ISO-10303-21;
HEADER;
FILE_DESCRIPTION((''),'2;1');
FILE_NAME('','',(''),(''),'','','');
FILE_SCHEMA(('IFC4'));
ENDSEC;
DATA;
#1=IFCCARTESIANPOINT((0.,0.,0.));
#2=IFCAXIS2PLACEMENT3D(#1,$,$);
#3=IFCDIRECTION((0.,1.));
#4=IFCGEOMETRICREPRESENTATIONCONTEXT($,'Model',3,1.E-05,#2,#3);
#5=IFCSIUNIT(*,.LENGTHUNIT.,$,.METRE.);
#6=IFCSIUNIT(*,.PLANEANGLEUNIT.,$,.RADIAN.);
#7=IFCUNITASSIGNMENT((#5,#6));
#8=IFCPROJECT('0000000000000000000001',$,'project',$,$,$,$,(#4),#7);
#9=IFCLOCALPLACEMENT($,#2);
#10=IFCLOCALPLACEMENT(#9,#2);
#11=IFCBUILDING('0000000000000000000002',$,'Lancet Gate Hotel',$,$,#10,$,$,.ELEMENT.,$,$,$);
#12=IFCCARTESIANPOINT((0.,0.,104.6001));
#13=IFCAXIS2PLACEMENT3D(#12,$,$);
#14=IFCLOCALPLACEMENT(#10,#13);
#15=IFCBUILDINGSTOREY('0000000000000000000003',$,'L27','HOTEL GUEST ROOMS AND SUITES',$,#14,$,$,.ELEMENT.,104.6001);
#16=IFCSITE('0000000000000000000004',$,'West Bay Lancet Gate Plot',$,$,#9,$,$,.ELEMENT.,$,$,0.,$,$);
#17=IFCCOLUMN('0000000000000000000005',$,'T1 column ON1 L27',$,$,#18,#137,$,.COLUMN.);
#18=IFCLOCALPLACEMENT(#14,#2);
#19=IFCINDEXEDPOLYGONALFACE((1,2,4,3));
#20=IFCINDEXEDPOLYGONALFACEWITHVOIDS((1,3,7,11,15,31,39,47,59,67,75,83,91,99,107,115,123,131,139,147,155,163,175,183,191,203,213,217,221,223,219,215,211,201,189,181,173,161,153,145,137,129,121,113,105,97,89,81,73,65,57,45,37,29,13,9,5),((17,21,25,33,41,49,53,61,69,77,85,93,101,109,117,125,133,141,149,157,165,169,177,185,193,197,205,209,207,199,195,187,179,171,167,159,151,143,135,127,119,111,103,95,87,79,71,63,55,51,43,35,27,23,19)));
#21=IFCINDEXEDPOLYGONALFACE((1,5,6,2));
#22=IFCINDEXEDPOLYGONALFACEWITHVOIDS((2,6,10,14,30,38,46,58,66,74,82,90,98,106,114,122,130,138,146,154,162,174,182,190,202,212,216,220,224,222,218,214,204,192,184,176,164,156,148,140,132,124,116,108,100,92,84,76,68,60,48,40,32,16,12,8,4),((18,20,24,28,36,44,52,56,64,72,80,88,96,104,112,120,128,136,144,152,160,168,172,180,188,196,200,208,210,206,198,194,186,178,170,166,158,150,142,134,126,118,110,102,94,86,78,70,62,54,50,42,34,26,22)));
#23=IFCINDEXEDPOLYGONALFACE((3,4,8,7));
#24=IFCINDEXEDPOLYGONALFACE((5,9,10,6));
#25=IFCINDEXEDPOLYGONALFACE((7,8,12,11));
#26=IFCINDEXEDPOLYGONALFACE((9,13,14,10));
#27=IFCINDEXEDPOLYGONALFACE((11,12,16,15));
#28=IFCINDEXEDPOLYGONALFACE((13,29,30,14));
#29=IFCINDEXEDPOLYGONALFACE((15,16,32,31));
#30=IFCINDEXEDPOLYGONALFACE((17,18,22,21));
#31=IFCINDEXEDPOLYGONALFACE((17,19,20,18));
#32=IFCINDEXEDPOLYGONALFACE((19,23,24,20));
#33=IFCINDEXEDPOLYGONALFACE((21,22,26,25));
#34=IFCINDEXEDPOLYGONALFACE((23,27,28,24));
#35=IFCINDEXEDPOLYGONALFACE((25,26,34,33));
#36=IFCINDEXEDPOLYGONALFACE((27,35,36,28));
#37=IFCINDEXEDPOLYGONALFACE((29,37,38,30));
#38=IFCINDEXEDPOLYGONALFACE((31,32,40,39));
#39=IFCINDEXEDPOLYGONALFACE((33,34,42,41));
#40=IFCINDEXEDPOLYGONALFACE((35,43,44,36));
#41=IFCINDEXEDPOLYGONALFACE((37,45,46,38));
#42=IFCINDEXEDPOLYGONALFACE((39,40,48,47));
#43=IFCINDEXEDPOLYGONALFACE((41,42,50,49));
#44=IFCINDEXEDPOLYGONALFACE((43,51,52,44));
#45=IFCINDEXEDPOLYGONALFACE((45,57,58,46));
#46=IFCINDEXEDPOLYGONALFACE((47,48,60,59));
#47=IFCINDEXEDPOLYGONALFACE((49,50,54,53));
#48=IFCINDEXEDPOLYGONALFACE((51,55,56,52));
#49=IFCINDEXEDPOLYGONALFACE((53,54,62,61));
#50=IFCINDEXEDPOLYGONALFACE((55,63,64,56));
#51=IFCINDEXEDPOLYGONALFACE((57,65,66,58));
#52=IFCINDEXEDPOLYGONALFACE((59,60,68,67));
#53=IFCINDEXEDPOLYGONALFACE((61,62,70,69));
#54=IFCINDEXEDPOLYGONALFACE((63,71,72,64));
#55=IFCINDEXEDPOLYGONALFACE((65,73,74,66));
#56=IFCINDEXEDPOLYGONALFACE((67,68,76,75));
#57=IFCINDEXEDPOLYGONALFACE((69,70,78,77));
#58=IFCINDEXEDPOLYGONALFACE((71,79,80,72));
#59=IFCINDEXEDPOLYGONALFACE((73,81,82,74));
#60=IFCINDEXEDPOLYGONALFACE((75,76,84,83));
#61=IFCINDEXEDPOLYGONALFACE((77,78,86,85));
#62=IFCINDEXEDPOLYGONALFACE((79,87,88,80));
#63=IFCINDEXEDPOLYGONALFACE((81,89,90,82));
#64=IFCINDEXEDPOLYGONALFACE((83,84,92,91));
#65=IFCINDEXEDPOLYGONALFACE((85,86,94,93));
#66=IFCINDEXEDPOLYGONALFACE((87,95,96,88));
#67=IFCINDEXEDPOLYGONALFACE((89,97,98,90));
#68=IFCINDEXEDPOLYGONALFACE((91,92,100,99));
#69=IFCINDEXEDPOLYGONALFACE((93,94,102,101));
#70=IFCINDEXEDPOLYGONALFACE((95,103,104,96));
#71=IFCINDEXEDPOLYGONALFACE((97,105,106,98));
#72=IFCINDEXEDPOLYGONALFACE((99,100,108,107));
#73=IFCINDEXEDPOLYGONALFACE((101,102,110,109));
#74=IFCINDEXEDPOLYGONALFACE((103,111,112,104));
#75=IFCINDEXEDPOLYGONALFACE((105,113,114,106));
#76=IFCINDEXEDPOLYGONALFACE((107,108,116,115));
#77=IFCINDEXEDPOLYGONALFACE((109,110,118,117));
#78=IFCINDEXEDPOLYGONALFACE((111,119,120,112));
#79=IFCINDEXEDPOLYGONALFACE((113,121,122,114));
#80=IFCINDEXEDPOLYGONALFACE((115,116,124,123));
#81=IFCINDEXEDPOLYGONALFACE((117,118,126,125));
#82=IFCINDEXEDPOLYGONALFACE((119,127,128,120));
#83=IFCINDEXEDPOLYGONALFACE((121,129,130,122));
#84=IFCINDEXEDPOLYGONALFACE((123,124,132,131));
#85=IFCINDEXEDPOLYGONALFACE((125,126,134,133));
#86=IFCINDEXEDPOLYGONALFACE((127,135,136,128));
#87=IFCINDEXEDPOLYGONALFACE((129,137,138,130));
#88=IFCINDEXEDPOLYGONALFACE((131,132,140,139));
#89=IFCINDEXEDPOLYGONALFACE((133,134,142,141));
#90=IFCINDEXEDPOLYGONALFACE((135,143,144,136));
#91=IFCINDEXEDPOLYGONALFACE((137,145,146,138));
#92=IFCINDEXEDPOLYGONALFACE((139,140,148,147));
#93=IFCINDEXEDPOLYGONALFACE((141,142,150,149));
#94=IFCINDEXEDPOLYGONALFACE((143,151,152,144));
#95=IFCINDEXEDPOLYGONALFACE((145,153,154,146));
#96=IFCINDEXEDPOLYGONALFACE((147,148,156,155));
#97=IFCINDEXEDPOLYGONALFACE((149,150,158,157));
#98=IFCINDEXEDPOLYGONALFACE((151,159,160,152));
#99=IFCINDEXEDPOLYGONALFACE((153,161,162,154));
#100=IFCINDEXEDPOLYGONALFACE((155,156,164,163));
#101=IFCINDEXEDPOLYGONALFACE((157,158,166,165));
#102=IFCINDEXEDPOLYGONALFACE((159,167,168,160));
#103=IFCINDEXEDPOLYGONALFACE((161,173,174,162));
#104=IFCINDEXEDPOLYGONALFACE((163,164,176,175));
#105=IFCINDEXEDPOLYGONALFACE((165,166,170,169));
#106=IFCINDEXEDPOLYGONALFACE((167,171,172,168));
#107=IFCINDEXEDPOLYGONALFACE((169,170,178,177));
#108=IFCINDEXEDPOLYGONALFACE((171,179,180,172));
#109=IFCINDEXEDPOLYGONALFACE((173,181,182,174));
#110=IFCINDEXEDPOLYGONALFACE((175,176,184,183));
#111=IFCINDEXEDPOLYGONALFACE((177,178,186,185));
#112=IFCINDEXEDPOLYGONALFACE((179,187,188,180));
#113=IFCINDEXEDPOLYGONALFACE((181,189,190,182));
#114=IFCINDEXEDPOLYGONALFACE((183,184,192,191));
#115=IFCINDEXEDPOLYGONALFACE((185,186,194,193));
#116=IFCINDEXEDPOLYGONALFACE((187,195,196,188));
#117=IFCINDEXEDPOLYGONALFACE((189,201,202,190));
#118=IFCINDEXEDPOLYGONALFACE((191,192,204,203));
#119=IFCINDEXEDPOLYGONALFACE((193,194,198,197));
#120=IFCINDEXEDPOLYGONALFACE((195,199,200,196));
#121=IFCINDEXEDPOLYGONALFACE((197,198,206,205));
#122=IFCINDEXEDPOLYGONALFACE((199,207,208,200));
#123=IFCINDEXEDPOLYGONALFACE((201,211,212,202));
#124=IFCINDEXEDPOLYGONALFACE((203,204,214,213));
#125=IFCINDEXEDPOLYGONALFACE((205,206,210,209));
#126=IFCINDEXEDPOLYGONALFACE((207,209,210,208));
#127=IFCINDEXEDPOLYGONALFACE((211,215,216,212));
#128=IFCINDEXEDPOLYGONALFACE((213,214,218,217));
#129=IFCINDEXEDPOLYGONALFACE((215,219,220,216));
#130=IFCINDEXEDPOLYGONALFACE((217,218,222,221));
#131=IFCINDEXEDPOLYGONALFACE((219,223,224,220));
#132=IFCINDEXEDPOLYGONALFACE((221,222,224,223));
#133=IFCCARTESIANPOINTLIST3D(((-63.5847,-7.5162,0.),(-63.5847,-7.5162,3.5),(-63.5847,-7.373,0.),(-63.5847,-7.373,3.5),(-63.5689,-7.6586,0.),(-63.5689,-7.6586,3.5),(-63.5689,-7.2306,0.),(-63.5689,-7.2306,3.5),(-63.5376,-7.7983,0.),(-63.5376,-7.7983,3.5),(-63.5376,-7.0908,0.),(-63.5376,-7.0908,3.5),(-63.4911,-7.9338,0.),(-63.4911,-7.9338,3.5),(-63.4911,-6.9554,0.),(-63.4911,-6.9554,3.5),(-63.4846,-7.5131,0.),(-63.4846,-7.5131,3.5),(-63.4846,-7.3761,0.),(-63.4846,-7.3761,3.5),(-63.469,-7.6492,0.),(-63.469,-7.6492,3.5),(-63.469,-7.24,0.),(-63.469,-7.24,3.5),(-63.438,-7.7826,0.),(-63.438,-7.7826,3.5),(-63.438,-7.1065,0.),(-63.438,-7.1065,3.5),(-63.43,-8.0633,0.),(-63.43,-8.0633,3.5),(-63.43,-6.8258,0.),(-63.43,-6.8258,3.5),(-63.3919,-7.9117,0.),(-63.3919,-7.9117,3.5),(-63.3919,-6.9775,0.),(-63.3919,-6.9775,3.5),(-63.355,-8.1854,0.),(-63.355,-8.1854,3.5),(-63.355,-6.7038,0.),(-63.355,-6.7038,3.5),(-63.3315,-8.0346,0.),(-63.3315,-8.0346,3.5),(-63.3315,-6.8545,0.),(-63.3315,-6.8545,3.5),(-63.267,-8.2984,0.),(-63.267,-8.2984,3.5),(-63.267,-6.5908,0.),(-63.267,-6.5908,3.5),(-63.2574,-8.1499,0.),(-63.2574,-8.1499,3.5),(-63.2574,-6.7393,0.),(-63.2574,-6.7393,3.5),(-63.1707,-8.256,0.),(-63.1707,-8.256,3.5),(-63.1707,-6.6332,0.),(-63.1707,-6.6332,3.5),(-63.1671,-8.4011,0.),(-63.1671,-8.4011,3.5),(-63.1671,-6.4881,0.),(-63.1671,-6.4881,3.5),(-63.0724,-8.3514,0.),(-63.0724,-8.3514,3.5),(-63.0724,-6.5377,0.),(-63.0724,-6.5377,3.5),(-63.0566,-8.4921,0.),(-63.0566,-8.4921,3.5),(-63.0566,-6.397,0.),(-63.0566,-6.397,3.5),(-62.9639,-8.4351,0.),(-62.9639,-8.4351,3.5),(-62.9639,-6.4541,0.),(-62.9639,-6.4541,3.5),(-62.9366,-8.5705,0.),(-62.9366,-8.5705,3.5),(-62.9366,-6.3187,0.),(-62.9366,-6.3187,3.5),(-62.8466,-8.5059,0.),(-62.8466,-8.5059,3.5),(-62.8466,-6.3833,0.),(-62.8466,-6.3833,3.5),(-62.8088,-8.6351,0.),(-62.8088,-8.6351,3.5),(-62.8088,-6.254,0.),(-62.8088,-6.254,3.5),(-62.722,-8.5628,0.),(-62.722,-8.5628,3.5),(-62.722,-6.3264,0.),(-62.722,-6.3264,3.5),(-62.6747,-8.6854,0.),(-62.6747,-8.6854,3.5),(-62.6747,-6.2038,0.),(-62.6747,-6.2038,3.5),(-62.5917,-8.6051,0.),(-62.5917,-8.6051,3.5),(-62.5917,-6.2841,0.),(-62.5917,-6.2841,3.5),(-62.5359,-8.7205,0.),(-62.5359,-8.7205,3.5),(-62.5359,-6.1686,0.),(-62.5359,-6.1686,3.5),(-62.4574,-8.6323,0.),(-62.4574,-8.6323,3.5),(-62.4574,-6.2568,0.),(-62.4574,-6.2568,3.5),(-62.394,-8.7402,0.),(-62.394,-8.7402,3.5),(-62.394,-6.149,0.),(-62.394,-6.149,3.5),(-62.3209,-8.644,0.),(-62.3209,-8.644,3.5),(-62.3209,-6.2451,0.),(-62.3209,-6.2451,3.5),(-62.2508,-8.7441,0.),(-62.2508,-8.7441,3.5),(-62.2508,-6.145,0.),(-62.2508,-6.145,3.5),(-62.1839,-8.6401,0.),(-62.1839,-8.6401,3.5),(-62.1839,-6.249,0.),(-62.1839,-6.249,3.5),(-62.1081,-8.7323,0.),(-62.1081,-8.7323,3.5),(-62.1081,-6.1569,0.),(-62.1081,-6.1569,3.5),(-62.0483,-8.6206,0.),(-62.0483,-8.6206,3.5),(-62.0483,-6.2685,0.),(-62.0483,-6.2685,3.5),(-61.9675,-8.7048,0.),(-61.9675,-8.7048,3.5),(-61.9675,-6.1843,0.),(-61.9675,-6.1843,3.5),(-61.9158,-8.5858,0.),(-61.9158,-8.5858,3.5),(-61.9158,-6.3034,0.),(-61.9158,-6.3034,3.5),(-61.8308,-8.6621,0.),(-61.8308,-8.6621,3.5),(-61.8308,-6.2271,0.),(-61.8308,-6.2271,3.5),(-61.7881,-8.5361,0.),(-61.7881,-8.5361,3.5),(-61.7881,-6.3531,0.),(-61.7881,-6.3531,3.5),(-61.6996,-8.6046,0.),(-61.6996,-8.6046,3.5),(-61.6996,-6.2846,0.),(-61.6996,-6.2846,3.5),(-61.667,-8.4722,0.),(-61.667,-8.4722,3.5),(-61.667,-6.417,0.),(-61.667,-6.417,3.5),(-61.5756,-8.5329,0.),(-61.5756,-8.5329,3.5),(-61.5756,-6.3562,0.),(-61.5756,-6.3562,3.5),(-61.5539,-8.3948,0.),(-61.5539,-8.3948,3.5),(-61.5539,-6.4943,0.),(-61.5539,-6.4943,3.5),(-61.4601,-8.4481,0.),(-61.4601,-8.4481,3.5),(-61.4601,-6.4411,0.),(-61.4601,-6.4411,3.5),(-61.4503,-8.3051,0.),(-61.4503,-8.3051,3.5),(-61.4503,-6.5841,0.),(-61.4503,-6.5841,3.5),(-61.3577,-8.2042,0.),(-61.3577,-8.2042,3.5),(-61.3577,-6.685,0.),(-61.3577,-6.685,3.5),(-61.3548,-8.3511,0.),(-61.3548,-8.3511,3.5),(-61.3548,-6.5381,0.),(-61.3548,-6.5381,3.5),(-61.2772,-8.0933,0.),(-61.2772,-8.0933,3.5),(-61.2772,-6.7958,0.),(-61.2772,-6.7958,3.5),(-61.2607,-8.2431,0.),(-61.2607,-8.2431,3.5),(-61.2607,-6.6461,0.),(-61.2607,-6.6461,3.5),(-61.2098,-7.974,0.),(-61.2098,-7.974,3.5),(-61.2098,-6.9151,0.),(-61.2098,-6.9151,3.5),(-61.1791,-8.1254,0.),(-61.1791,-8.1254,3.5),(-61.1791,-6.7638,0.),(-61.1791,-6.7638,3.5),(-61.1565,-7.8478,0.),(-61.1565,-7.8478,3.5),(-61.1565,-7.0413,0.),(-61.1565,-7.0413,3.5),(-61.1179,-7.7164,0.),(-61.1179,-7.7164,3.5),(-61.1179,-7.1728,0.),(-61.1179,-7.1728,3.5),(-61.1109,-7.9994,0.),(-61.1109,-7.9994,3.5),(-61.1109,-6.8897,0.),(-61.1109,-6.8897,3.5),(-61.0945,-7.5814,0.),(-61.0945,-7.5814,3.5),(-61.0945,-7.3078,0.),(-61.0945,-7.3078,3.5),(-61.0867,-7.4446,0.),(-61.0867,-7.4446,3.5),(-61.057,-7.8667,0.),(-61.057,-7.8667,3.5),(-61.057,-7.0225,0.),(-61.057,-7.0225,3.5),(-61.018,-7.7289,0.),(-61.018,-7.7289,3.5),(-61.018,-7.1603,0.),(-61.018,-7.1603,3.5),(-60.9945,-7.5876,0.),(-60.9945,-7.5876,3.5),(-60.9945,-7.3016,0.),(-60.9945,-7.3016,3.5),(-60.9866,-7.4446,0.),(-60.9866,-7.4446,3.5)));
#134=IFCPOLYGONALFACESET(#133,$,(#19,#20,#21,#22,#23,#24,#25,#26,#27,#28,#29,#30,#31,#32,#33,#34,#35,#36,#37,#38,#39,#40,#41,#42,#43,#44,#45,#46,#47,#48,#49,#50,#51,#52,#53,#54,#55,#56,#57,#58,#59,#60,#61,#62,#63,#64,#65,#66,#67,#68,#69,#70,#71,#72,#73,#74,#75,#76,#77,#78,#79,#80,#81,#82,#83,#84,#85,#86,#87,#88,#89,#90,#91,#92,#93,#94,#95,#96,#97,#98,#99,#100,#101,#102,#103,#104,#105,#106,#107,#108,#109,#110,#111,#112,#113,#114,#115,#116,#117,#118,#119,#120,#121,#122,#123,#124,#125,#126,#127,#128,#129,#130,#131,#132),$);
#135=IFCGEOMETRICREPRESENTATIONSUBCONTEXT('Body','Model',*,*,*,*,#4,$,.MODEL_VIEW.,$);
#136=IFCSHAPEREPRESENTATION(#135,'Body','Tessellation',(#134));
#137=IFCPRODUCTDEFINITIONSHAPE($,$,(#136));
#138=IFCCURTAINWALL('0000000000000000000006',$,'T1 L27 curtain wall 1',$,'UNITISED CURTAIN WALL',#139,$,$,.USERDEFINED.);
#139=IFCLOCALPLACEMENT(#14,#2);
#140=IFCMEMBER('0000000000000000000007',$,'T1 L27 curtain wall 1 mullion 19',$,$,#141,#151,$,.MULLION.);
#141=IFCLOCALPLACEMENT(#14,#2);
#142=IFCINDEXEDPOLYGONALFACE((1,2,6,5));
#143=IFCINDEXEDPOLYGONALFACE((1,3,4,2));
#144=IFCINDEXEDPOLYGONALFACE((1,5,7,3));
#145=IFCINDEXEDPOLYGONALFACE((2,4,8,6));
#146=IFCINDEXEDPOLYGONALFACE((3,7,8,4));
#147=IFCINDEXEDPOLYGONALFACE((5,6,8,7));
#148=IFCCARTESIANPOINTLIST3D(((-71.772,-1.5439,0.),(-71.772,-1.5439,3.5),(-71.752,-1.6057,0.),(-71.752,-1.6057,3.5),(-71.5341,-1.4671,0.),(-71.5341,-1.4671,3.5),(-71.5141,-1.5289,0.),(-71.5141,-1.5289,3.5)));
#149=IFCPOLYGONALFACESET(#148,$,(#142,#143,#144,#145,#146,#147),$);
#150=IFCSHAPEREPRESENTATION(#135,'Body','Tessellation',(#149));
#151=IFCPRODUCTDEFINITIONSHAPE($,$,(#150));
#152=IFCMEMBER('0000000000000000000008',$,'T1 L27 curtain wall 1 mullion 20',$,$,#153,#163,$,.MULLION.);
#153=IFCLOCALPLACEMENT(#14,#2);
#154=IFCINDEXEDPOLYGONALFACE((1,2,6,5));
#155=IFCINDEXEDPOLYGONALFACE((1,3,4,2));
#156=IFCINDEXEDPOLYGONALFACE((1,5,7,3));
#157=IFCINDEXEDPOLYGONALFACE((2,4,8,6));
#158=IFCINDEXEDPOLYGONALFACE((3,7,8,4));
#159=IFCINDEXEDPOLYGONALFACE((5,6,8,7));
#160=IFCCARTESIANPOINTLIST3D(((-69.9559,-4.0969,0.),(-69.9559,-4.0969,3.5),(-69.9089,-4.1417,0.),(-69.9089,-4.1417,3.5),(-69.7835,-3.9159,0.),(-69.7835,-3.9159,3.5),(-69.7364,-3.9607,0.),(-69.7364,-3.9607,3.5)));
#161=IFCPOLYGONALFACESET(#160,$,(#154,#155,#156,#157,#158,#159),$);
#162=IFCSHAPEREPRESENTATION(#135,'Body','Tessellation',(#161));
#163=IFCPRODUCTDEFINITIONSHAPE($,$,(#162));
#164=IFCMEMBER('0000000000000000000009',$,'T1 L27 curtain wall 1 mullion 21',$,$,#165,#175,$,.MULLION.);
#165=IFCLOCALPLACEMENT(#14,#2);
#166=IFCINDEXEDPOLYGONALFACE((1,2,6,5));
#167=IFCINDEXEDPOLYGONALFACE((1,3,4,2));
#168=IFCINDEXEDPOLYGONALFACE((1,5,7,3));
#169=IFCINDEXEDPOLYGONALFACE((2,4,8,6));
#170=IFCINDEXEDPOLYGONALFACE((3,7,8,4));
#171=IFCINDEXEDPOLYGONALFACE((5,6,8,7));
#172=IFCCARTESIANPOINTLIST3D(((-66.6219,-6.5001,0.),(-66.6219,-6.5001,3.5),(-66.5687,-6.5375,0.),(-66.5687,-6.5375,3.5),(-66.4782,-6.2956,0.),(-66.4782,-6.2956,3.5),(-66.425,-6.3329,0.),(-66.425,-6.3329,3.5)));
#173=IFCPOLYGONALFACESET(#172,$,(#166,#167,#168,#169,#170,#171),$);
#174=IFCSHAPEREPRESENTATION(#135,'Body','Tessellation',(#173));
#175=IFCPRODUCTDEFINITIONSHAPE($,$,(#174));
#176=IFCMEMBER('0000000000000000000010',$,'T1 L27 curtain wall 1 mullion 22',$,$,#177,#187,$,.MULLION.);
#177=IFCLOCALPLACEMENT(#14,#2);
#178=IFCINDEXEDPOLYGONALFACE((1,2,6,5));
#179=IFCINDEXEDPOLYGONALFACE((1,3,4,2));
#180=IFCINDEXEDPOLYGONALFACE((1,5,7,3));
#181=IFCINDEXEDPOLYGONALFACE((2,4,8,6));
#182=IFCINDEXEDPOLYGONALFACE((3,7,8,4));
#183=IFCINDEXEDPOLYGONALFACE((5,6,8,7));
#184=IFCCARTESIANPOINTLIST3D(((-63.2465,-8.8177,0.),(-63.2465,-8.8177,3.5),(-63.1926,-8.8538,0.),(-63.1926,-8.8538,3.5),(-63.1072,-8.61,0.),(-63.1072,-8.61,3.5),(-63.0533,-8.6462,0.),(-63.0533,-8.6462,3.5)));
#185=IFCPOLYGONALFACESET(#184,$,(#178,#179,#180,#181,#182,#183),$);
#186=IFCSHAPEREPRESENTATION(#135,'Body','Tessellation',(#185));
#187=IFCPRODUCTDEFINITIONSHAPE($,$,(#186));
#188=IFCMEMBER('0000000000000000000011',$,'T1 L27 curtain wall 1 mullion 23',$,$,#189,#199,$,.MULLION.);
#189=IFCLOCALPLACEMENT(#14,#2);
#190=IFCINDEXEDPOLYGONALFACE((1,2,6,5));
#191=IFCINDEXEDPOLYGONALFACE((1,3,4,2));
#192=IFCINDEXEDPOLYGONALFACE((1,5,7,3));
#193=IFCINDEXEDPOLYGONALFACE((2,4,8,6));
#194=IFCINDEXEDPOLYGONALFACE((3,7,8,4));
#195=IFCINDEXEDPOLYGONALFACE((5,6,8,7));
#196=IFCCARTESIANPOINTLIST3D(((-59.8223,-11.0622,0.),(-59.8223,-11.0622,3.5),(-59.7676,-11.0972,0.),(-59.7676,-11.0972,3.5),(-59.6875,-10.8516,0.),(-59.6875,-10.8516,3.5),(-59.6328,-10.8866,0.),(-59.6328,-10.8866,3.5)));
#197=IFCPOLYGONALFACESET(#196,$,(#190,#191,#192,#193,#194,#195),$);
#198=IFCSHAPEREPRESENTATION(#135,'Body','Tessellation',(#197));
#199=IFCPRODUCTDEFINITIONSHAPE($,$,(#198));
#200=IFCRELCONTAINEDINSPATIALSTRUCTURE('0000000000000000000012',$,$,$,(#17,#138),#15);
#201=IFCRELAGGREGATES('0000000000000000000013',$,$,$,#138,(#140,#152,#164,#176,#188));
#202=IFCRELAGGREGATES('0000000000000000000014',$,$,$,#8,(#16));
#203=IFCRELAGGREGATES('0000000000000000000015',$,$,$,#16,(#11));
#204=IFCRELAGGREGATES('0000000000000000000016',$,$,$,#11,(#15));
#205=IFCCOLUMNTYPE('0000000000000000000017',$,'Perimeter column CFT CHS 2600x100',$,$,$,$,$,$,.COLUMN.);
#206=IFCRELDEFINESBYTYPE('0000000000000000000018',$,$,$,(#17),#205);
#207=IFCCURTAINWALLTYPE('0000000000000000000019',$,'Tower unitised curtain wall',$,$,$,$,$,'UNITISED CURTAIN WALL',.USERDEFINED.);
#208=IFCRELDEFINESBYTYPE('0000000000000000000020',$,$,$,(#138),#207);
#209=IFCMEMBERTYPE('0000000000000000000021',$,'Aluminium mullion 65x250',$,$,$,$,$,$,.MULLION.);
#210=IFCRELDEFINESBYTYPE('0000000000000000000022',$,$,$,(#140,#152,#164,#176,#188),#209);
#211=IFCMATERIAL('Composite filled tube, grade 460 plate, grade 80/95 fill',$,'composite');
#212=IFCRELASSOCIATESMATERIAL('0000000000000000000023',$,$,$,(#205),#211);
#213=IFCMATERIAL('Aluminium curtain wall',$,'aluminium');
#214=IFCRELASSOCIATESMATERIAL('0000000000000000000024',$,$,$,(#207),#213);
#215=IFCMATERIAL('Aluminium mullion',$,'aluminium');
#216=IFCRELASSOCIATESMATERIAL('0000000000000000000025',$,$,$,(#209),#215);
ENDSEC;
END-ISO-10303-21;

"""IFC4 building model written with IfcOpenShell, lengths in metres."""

from ifc_helpers import new_model, si_unit, direction, frame, origin, origin_2d, place, context, subcontext, project, spatial, rectangle, hollow_circle, extrude, material, material_profile, profile_set, type_object, element, aggregate, save


model = new_model("IFC4")

# Units and contexts
model_context = context("Model", 3, precision=1e-05, world=origin(), true_north=direction((0.0, 1.0)))
body_context = subcontext(model_context, "Body", "Model", "MODEL_VIEW")
ifc_project = project(units=[si_unit("LENGTHUNIT", "METRE"), si_unit("PLANEANGLEUNIT", "RADIAN")], contexts=[model_context])

# Site, building, storey
site_placement = place(None, origin())
site = spatial("IfcSite", under=ifc_project, at=site_placement, Name="West Bay Lancet Gate Plot", CompositionType="ELEMENT", RefElevation=0.0)
building_placement = place(site_placement, origin())
building = spatial("IfcBuilding", under=site, at=building_placement, Name="Lancet Gate Hotel", CompositionType="ELEMENT")
storey_placement = place(building_placement, frame((0.0, 0.0, 104.6001)))
storey = spatial("IfcBuildingStorey", under=building, at=storey_placement, Name="L27", Description="HOTEL GUEST ROOMS AND SUITES", CompositionType="ELEMENT", Elevation=104.6001)

# Column
ifc_material_1 = material(Name="Composite filled tube, grade 460 plate, grade 80/95 fill", Category="composite")
ifc_material_profile_1 = material_profile(ifc_material_1, hollow_circle(Radius=1.3, WallThickness=0.1001, at=origin_2d()), Name="CHS 2600x100")
ifc_profile_set_1 = profile_set([ifc_material_profile_1], Name="Composite filled tube, grade 460 plate, grade 80/95 fill")
column_type_1 = type_object("IfcColumnType", Name="Perimeter column CFT CHS 2600x100", PredefinedType="COLUMN", material=ifc_profile_set_1)
column_1_placement = place(storey_placement, frame((-62.2866, -7.4446, 0.0), z_axis=(0.0, 0.0, 1.0), x_axis=(1.0, 0.0, 0.0)))
element("IfcColumn", 1, at=column_1_placement, inside=storey, type_object=column_type_1, Name="T1 column ON1 L27", PredefinedType="COLUMN", context=body_context, shape_type="SweptSolid", body=[
    extrude(hollow_circle(Radius=1.3, WallThickness=0.1001, at=origin_2d()), origin(), (0.0, 0.0, 1.0), 3.5),
])

# Curtain wall, members
ifc_material_2 = material(Name="Aluminium curtain wall", Category="aluminium")
curtain_wall_type = type_object("IfcCurtainWallType", Name="Tower unitised curtain wall", ElementType="UNITISED CURTAIN WALL", PredefinedType="USERDEFINED", material=ifc_material_2)
curtain_wall_placement = place(storey_placement, origin())
curtain_wall = element("IfcCurtainWall", 2, at=curtain_wall_placement, inside=storey, type_object=curtain_wall_type, Name="T1 L27 curtain wall 1", ObjectType="UNITISED CURTAIN WALL", PredefinedType="USERDEFINED")
ifc_material_3 = material(Name="Aluminium mullion", Category="aluminium")
ifc_material_profile_2 = material_profile(ifc_material_3, rectangle(XDim=0.0649, YDim=0.25, at=origin_2d()), Name="MULLION 65x250")
ifc_profile_set_2 = profile_set([ifc_material_profile_2], Name="Aluminium mullion")
member_type_1 = type_object("IfcMemberType", Name="Aluminium mullion 65x250", PredefinedType="MULLION", material=ifc_profile_set_2)
member_1_placement = place(storey_placement, frame((-71.6431, -1.5364, 0.0), z_axis=(0.0, 0.0, 1.0), x_axis=(0.307269, -0.951623, 0.0)))
member_1 = element("IfcMember", 3, at=member_1_placement, type_object=member_type_1, Name="T1 L27 curtain wall 1 mullion 19", PredefinedType="MULLION", context=body_context, shape_type="SweptSolid", body=[
    extrude(rectangle(XDim=0.0649, YDim=0.25, at=origin_2d()), origin(), (0.0, 0.0, 1.0), 3.5),
])
member_2_placement = place(storey_placement, frame((-69.8462, -4.0288, 0.0), z_axis=(0.0, 0.0, 1.0), x_axis=(0.723846, -0.689961, 0.0)))
member_2 = element("IfcMember", 4, at=member_2_placement, type_object=member_type_1, Name="T1 L27 curtain wall 1 mullion 20", PredefinedType="MULLION", context=body_context, shape_type="SweptSolid", body=[
    extrude(rectangle(XDim=0.0649, YDim=0.25, at=origin_2d()), origin(), (0.0, 0.0, 1.0), 3.5),
])
member_3_placement = place(storey_placement, frame((-66.5234, -6.4165, 0.0), z_axis=(0.0, 0.0, 1.0), x_axis=(0.818327, -0.574753, 0.0)))
member_3 = element("IfcMember", 5, at=member_3_placement, type_object=member_type_1, Name="T1 L27 curtain wall 1 mullion 21", PredefinedType="MULLION", context=body_context, shape_type="SweptSolid", body=[
    extrude(rectangle(XDim=0.0649, YDim=0.25, at=origin_2d()), origin(), (0.0, 0.0, 1.0), 3.5),
])
member_4_placement = place(storey_placement, frame((-63.1499, -8.7319, 0.0), z_axis=(0.0, 0.0, 1.0), x_axis=(0.83051, -0.557004, 0.0)))
member_4 = element("IfcMember", 6, at=member_4_placement, type_object=member_type_1, Name="T1 L27 curtain wall 1 mullion 22", PredefinedType="MULLION", context=body_context, shape_type="SweptSolid", body=[
    extrude(rectangle(XDim=0.0649, YDim=0.25, at=origin_2d()), origin(), (0.0, 0.0, 1.0), 3.5),
])
member_5_placement = place(storey_placement, frame((-59.7275, -10.9744, 0.0), z_axis=(0.0, 0.0, 1.0), x_axis=(0.842308, -0.538996, 0.0)))
member_5 = element("IfcMember", 7, at=member_5_placement, type_object=member_type_1, Name="T1 L27 curtain wall 1 mullion 23", PredefinedType="MULLION", context=body_context, shape_type="SweptSolid", body=[
    extrude(rectangle(XDim=0.0649, YDim=0.25, at=origin_2d()), origin(), (0.0, 0.0, 1.0), 3.5),
])

aggregate(curtain_wall, [member_1, member_2, member_3, member_4, member_5])

save(model, "model.ifc")
